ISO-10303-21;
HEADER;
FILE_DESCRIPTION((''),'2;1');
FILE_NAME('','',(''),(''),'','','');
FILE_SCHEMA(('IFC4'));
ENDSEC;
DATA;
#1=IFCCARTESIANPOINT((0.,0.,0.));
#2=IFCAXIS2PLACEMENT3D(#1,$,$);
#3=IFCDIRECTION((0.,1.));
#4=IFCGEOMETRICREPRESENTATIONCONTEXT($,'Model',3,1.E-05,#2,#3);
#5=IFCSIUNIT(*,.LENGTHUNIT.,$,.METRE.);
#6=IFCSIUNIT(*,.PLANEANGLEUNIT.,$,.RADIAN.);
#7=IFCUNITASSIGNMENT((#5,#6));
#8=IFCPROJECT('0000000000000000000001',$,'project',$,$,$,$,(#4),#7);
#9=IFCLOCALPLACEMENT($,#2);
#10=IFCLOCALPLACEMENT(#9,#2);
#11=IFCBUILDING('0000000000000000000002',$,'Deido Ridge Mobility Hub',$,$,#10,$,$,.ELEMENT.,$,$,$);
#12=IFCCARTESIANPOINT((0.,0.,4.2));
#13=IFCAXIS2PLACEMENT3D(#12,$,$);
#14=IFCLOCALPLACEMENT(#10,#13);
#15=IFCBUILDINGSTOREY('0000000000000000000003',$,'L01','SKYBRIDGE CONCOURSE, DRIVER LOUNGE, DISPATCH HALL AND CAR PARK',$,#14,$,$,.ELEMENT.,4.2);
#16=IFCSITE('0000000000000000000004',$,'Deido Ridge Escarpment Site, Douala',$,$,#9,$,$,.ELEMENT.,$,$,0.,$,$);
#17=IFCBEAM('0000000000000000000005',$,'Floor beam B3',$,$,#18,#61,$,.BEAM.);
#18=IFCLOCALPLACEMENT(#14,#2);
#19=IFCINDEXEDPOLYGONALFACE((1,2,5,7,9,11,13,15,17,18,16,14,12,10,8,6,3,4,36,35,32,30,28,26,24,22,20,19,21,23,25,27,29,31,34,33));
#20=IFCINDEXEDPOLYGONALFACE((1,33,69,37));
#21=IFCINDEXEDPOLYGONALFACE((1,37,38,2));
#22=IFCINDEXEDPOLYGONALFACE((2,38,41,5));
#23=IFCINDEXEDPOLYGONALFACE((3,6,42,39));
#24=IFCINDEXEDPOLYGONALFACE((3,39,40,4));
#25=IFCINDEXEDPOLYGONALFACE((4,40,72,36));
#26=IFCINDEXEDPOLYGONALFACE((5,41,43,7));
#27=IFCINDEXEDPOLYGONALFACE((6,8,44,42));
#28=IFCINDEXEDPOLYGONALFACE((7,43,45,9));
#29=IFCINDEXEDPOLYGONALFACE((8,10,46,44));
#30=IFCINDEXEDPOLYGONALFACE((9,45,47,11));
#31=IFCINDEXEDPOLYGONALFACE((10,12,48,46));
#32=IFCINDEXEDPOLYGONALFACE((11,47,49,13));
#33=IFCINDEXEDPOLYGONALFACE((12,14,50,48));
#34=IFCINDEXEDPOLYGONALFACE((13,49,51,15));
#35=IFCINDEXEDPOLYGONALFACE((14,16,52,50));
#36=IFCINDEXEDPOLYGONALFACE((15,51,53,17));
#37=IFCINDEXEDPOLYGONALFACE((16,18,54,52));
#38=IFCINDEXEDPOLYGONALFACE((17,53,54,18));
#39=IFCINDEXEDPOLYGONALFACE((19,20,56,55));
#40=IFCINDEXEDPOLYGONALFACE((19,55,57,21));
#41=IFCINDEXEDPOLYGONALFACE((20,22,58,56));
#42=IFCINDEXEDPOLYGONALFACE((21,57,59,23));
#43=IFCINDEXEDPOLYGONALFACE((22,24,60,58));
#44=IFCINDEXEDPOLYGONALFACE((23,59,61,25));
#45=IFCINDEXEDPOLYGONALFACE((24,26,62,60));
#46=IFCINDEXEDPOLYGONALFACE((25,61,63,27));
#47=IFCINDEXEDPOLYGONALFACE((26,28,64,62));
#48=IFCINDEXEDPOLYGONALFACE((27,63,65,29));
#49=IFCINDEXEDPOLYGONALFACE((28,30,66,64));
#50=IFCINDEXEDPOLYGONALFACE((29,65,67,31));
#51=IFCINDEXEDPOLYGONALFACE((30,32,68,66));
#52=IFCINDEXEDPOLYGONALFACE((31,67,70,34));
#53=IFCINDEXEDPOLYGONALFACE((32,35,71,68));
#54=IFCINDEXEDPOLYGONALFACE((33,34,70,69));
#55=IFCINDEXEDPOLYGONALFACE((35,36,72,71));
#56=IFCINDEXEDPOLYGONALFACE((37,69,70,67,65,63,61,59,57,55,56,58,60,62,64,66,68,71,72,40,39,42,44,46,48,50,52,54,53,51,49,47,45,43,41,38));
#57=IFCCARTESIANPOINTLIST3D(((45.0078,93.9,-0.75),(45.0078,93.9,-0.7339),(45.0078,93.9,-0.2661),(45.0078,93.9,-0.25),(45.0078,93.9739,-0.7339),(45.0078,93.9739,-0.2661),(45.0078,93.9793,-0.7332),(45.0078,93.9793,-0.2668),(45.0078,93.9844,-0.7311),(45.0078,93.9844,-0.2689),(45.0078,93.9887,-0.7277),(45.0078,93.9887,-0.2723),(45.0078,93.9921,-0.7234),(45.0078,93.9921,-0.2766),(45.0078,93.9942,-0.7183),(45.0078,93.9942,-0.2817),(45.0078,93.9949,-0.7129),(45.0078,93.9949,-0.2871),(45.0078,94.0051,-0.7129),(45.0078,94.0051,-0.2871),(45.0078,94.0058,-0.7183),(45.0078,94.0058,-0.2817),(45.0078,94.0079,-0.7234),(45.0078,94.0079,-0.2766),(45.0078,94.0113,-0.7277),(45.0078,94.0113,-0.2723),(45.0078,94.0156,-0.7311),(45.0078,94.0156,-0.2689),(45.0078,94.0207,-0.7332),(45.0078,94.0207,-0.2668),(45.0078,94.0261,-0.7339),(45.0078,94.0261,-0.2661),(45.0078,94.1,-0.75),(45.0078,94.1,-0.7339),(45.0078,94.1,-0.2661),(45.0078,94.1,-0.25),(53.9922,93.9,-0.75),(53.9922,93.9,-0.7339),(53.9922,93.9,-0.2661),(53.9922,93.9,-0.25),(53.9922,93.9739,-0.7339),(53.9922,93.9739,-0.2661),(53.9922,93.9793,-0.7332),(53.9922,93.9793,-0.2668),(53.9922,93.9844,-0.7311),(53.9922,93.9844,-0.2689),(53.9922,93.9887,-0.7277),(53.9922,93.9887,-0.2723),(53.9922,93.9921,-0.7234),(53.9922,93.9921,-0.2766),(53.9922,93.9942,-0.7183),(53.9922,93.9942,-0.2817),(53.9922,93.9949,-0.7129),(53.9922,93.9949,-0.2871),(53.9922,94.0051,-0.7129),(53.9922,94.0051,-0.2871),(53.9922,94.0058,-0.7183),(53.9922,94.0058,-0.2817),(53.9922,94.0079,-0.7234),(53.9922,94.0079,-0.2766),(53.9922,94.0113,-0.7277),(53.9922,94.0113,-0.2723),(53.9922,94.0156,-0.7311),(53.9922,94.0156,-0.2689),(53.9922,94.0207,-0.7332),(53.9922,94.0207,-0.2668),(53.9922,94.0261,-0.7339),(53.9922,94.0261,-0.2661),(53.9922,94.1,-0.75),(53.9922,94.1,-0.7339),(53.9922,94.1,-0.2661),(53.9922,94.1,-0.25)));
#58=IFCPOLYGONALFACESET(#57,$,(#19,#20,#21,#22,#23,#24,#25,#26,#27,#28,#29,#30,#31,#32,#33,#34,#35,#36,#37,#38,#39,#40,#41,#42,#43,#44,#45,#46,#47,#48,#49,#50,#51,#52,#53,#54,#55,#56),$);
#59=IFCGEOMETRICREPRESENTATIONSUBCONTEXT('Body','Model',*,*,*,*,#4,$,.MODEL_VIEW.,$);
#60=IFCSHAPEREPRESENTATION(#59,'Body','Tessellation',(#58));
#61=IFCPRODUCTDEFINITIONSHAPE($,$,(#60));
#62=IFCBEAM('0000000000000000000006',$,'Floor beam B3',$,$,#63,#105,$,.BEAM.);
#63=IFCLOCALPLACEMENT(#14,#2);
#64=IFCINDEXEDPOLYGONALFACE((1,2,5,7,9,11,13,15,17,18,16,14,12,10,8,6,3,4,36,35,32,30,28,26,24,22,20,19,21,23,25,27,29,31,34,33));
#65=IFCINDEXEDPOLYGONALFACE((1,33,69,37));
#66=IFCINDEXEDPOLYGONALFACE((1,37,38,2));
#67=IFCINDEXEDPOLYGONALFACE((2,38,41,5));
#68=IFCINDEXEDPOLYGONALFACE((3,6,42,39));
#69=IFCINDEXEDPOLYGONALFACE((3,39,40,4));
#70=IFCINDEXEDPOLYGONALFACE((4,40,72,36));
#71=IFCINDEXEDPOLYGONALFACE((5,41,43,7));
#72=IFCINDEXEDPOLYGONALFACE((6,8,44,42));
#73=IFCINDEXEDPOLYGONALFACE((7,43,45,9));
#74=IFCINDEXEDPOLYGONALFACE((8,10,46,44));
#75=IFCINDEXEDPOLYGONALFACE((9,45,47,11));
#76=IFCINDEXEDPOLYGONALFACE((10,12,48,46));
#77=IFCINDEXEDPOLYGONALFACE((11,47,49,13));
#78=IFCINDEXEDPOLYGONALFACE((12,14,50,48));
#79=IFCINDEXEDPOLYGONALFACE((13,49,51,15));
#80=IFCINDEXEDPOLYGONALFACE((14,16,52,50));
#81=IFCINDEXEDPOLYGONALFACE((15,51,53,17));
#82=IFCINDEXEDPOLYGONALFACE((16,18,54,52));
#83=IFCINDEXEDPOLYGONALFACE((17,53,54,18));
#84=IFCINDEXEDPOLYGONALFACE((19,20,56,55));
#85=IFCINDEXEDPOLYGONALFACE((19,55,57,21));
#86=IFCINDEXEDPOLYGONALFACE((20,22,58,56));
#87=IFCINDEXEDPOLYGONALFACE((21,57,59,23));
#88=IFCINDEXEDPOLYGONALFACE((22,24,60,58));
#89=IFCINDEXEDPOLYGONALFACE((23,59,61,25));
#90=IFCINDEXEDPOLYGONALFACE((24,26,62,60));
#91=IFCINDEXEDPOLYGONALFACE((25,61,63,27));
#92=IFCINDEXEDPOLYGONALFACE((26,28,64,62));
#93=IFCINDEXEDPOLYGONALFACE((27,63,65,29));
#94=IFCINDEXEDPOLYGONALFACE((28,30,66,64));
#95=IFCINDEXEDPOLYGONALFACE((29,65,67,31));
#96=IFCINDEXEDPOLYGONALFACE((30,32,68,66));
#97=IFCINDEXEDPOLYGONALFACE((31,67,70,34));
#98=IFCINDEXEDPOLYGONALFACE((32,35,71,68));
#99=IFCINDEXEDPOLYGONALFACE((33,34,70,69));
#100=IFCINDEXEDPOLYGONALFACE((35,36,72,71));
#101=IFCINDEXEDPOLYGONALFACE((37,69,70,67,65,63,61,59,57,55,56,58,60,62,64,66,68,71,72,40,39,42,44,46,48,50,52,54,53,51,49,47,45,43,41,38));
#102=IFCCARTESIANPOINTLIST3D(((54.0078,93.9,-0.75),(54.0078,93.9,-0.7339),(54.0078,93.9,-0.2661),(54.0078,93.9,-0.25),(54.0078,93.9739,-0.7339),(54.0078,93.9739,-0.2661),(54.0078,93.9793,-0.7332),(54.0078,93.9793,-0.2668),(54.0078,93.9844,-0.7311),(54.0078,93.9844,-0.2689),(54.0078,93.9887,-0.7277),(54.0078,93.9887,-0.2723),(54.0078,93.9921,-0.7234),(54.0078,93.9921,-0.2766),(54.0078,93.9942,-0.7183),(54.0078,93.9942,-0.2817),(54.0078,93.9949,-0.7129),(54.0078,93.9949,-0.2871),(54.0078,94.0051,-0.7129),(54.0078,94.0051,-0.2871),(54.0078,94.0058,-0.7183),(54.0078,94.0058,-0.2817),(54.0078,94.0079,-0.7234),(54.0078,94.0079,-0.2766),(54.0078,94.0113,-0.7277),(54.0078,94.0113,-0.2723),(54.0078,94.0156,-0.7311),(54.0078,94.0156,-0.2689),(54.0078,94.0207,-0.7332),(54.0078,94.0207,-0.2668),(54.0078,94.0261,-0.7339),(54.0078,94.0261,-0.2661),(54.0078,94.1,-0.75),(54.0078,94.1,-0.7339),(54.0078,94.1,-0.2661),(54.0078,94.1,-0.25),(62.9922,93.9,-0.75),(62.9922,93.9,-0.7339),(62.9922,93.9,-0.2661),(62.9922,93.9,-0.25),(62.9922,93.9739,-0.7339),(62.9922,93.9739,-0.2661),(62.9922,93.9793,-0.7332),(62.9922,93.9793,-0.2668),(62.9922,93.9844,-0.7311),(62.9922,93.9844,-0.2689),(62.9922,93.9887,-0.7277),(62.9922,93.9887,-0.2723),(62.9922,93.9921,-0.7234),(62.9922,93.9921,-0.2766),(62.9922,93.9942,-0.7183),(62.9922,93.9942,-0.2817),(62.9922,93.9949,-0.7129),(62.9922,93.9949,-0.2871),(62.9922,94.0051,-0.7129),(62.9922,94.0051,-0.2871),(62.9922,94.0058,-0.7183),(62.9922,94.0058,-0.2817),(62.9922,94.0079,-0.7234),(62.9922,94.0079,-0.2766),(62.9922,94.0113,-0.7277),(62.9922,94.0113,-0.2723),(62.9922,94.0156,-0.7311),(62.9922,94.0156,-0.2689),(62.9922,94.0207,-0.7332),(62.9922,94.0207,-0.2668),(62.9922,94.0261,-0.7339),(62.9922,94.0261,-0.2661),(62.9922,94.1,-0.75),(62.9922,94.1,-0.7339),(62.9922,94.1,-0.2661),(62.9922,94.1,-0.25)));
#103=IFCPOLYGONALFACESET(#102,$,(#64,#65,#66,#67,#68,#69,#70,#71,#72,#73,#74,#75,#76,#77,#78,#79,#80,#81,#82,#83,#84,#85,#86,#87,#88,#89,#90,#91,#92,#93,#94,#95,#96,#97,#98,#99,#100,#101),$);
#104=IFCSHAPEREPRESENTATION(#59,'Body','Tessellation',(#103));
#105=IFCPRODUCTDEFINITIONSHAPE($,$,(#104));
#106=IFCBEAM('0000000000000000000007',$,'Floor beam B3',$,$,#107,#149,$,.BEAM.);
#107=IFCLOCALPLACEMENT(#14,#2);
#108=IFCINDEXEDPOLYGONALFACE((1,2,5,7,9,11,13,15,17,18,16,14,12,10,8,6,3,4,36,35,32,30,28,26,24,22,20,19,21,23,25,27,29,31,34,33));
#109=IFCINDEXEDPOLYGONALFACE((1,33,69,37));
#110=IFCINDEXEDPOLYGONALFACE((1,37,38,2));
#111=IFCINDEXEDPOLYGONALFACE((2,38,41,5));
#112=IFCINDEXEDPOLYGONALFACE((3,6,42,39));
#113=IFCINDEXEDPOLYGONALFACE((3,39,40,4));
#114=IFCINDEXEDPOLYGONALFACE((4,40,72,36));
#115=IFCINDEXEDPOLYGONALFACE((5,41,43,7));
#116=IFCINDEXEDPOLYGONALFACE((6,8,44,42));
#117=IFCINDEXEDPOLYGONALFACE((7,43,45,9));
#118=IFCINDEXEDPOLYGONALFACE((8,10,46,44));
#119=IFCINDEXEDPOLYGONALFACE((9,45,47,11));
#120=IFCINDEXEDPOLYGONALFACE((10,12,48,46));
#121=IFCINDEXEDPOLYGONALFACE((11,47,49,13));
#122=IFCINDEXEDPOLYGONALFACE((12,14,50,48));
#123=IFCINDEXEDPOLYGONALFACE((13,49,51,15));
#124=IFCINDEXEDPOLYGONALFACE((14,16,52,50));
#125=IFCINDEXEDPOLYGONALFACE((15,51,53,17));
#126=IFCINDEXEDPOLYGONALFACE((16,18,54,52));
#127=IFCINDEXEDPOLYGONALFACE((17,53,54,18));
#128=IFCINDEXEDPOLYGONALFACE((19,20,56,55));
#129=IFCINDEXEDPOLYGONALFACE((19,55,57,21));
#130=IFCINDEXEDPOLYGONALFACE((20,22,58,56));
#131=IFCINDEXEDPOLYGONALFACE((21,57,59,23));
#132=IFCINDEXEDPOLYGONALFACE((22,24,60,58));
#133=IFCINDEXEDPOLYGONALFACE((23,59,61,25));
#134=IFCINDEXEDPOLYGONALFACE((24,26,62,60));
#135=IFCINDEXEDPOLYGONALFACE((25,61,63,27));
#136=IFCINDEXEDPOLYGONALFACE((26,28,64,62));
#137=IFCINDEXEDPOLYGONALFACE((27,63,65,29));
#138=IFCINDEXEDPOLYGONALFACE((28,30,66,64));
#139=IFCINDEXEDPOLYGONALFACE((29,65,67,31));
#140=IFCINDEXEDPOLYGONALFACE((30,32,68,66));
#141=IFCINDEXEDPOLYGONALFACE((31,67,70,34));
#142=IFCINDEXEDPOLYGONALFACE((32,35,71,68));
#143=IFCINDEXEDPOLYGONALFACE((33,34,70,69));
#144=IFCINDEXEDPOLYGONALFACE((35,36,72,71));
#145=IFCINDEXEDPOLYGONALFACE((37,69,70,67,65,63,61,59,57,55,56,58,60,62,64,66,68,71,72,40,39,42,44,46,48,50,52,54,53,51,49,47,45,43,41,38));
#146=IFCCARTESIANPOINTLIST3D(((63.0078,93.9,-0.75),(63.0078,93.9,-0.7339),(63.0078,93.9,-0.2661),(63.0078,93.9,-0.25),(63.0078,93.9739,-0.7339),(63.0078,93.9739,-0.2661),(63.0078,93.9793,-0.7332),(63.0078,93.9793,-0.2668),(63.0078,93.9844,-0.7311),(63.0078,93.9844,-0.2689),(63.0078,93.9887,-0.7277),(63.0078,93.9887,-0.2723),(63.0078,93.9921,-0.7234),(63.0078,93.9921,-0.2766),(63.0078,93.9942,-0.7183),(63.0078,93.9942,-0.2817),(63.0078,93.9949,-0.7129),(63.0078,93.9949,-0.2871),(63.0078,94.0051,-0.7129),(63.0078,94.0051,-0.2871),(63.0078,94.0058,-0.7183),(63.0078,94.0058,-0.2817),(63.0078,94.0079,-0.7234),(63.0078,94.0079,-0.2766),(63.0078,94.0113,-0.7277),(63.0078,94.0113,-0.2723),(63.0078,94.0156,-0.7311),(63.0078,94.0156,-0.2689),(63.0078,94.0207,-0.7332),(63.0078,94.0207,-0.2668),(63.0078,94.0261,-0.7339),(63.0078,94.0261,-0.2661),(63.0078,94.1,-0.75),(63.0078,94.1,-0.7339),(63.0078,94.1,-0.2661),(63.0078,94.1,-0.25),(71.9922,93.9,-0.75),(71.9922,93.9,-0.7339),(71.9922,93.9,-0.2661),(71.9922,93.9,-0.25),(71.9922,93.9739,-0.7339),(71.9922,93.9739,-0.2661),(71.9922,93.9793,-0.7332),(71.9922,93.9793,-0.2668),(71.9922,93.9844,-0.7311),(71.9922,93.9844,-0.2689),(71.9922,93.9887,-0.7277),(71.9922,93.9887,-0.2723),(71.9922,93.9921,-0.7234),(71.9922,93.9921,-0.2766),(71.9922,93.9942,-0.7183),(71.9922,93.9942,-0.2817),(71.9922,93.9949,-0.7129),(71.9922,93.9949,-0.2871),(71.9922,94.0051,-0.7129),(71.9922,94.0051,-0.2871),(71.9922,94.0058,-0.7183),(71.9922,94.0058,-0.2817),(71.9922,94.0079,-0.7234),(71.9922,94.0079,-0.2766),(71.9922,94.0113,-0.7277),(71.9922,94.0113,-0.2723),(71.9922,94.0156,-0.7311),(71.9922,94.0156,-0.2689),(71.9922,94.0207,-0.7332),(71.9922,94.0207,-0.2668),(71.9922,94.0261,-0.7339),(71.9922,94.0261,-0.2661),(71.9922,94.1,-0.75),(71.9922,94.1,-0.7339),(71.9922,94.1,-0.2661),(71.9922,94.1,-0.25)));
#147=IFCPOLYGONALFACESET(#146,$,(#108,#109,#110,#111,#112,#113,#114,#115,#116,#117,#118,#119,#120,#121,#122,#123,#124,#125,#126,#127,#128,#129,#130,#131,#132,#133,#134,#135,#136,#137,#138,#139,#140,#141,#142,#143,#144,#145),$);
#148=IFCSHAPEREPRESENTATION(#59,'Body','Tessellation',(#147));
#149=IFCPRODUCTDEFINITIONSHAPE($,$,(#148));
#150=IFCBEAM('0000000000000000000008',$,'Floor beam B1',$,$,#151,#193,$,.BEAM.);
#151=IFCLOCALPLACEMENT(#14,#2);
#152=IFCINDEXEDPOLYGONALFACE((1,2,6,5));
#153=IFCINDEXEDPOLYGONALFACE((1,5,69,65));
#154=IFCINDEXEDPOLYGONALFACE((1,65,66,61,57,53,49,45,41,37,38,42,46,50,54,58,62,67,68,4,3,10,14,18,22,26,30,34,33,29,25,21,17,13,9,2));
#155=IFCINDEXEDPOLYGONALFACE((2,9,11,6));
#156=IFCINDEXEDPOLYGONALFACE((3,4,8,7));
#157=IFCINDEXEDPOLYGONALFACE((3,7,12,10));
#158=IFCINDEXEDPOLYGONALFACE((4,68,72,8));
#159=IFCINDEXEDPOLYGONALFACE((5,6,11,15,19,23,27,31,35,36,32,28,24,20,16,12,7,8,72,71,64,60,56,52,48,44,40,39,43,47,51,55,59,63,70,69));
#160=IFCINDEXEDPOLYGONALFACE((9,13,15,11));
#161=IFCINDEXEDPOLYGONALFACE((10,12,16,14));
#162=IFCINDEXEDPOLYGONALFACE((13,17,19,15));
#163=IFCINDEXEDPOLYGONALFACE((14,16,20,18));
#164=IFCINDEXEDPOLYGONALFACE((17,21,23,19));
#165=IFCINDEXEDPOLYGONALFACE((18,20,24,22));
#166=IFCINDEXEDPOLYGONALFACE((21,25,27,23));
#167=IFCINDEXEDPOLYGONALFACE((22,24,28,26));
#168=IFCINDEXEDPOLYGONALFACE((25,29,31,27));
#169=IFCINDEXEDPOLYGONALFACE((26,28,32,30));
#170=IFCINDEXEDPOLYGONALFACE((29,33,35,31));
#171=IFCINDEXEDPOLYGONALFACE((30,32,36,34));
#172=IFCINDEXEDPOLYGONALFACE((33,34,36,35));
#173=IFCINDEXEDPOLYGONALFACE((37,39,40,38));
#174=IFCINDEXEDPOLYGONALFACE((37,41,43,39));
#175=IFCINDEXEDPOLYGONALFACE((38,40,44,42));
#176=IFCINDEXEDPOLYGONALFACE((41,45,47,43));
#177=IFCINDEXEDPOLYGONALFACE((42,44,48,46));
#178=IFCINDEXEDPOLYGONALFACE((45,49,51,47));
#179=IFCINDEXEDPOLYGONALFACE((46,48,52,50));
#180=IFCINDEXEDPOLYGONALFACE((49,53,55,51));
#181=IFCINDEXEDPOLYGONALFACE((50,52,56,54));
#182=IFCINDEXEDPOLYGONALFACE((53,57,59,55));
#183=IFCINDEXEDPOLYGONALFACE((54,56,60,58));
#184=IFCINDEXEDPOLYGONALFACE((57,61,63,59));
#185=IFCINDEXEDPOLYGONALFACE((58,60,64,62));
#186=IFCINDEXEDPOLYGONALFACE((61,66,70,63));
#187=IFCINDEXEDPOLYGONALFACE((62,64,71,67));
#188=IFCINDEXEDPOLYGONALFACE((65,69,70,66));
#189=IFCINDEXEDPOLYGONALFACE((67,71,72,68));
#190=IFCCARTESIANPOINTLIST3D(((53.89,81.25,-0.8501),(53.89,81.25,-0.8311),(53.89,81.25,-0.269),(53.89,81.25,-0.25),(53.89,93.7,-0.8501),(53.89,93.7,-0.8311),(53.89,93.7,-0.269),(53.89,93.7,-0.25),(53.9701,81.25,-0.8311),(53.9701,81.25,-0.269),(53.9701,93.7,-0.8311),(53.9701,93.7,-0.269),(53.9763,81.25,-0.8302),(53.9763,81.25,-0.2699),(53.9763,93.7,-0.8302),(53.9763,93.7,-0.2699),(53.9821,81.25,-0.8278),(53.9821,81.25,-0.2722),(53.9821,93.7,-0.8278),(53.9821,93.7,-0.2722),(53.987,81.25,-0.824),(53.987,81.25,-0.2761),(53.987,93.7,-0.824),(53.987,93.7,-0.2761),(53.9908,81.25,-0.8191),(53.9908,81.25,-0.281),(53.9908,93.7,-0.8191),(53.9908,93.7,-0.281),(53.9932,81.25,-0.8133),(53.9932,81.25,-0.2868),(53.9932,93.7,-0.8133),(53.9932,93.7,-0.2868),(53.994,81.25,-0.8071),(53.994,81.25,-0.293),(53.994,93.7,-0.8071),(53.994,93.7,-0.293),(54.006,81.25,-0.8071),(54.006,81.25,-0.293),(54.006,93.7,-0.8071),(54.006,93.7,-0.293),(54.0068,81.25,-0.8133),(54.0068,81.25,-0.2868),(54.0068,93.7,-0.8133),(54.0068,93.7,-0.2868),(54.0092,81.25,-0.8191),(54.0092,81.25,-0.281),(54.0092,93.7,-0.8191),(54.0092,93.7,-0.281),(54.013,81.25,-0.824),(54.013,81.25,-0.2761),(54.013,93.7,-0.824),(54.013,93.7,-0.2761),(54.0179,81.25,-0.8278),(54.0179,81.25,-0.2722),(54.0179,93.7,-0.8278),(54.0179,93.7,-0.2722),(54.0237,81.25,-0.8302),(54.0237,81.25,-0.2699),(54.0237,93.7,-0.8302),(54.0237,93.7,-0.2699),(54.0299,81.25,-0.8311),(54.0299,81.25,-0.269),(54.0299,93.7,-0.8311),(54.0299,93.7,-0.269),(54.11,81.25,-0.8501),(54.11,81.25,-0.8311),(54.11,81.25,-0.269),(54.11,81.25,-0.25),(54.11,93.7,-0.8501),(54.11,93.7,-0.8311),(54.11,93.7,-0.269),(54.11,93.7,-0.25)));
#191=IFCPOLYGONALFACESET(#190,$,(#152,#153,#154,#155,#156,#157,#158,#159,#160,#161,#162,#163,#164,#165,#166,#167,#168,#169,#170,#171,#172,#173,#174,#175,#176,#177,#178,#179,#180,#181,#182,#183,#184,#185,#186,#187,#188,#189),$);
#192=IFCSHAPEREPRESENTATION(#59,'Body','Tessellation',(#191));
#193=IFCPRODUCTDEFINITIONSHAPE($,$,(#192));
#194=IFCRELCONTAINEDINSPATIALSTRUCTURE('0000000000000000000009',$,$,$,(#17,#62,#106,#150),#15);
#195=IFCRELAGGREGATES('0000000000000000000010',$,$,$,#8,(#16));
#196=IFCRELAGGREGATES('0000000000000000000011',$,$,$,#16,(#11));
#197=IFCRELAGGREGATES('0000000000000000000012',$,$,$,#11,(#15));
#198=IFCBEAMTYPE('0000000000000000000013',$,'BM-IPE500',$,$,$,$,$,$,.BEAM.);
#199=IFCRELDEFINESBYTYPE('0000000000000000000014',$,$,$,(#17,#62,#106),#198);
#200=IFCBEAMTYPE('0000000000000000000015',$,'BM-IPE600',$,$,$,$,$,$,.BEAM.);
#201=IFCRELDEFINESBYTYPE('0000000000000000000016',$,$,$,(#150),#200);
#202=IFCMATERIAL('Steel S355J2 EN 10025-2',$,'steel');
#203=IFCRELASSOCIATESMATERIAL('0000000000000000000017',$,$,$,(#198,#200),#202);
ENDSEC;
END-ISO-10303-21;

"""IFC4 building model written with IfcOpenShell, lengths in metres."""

from ifc_helpers import new_model, si_unit, direction, frame, origin, origin_2d, place, context, subcontext, project, spatial, i_section, extrude, material, material_profile, profile_set, type_object, element, save


model = new_model("IFC4")

# Units and contexts
model_context = context("Model", 3, precision=1e-05, world=origin(), true_north=direction((0.0, 1.0)))
body_context = subcontext(model_context, "Body", "Model", "MODEL_VIEW")
ifc_project = project(units=[si_unit("LENGTHUNIT", "METRE"), si_unit("PLANEANGLEUNIT", "RADIAN")], contexts=[model_context])

# Site, building, storey
site_placement = place(None, origin())
site = spatial("IfcSite", under=ifc_project, at=site_placement, Name="Deido Ridge Escarpment Site, Douala", CompositionType="ELEMENT", RefElevation=0.0)
building_placement = place(site_placement, origin())
building = spatial("IfcBuilding", under=site, at=building_placement, Name="Deido Ridge Mobility Hub", CompositionType="ELEMENT")
storey_placement = place(building_placement, frame((0.0, 0.0, 4.2)))
storey = spatial("IfcBuildingStorey", under=building, at=storey_placement, Name="L01", Description="SKYBRIDGE CONCOURSE, DRIVER LOUNGE, DISPATCH HALL AND CAR PARK", CompositionType="ELEMENT", Elevation=4.2)

# Shared definitions
ifc_material_1 = material(Name="Steel S355J2 EN 10025-2", Category="steel")

# Beams
ifc_material_profile_1 = material_profile(ifc_material_1, i_section(OverallWidth=0.2, OverallDepth=0.5, WebThickness=0.0103, FlangeThickness=0.0161, FilletRadius=0.021, at=origin_2d()), Name="IPE 500")
ifc_profile_set_1 = profile_set([ifc_material_profile_1], Name="Steel S355J2 EN 10025-2")
beam_type_1 = type_object("IfcBeamType", Name="BM-IPE500", PredefinedType="BEAM", material=ifc_profile_set_1)
for number, where, z_axis, x_axis, name in (
    (1, (45.0078, 94.0, -0.5), (1.0, 0.0, 0.0), (0.0, 1.0, 0.0), "Floor beam B3"),
    (2, (54.0078, 94.0, -0.5), (1.0, 0.0, 0.0), (0.0, 1.0, 0.0), "Floor beam B3"),
    (3, (63.0078, 94.0, -0.5), (1.0, 0.0, 0.0), (0.0, 1.0, 0.0), "Floor beam B3"),
):
    element("IfcBeam", number, at=place(storey_placement, frame(where, z_axis=z_axis, x_axis=x_axis)), inside=storey, type_object=beam_type_1, Name=name, PredefinedType="BEAM", context=body_context, shape_type="SweptSolid", body=[
        extrude(i_section(OverallWidth=0.2, OverallDepth=0.5, WebThickness=0.0103, FlangeThickness=0.0161, FilletRadius=0.021, at=origin_2d()), origin(), (0.0, 0.0, 1.0), 8.9844),
    ])
ifc_material_profile_2 = material_profile(ifc_material_1, i_section(OverallWidth=0.22, OverallDepth=0.6001, WebThickness=0.012, FlangeThickness=0.019, FilletRadius=0.0239, at=origin_2d()), Name="IPE 600")
ifc_profile_set_2 = profile_set([ifc_material_profile_2], Name="Steel S355J2 EN 10025-2")
beam_type_2 = type_object("IfcBeamType", Name="BM-IPE600", PredefinedType="BEAM", material=ifc_profile_set_2)
beam_1_placement = place(storey_placement, frame((54.0, 81.25, -0.55), z_axis=(0.0, 1.0, 0.0), x_axis=(-1.0, 0.0, 0.0)))
element("IfcBeam", 4, at=beam_1_placement, inside=storey, type_object=beam_type_2, Name="Floor beam B1", PredefinedType="BEAM", context=body_context, shape_type="SweptSolid", body=[
    extrude(i_section(OverallWidth=0.22, OverallDepth=0.6001, WebThickness=0.012, FlangeThickness=0.019, FilletRadius=0.0239, at=origin_2d()), origin(), (0.0, 0.0, 1.0), 12.45),
])

save(model, "model.ifc")
